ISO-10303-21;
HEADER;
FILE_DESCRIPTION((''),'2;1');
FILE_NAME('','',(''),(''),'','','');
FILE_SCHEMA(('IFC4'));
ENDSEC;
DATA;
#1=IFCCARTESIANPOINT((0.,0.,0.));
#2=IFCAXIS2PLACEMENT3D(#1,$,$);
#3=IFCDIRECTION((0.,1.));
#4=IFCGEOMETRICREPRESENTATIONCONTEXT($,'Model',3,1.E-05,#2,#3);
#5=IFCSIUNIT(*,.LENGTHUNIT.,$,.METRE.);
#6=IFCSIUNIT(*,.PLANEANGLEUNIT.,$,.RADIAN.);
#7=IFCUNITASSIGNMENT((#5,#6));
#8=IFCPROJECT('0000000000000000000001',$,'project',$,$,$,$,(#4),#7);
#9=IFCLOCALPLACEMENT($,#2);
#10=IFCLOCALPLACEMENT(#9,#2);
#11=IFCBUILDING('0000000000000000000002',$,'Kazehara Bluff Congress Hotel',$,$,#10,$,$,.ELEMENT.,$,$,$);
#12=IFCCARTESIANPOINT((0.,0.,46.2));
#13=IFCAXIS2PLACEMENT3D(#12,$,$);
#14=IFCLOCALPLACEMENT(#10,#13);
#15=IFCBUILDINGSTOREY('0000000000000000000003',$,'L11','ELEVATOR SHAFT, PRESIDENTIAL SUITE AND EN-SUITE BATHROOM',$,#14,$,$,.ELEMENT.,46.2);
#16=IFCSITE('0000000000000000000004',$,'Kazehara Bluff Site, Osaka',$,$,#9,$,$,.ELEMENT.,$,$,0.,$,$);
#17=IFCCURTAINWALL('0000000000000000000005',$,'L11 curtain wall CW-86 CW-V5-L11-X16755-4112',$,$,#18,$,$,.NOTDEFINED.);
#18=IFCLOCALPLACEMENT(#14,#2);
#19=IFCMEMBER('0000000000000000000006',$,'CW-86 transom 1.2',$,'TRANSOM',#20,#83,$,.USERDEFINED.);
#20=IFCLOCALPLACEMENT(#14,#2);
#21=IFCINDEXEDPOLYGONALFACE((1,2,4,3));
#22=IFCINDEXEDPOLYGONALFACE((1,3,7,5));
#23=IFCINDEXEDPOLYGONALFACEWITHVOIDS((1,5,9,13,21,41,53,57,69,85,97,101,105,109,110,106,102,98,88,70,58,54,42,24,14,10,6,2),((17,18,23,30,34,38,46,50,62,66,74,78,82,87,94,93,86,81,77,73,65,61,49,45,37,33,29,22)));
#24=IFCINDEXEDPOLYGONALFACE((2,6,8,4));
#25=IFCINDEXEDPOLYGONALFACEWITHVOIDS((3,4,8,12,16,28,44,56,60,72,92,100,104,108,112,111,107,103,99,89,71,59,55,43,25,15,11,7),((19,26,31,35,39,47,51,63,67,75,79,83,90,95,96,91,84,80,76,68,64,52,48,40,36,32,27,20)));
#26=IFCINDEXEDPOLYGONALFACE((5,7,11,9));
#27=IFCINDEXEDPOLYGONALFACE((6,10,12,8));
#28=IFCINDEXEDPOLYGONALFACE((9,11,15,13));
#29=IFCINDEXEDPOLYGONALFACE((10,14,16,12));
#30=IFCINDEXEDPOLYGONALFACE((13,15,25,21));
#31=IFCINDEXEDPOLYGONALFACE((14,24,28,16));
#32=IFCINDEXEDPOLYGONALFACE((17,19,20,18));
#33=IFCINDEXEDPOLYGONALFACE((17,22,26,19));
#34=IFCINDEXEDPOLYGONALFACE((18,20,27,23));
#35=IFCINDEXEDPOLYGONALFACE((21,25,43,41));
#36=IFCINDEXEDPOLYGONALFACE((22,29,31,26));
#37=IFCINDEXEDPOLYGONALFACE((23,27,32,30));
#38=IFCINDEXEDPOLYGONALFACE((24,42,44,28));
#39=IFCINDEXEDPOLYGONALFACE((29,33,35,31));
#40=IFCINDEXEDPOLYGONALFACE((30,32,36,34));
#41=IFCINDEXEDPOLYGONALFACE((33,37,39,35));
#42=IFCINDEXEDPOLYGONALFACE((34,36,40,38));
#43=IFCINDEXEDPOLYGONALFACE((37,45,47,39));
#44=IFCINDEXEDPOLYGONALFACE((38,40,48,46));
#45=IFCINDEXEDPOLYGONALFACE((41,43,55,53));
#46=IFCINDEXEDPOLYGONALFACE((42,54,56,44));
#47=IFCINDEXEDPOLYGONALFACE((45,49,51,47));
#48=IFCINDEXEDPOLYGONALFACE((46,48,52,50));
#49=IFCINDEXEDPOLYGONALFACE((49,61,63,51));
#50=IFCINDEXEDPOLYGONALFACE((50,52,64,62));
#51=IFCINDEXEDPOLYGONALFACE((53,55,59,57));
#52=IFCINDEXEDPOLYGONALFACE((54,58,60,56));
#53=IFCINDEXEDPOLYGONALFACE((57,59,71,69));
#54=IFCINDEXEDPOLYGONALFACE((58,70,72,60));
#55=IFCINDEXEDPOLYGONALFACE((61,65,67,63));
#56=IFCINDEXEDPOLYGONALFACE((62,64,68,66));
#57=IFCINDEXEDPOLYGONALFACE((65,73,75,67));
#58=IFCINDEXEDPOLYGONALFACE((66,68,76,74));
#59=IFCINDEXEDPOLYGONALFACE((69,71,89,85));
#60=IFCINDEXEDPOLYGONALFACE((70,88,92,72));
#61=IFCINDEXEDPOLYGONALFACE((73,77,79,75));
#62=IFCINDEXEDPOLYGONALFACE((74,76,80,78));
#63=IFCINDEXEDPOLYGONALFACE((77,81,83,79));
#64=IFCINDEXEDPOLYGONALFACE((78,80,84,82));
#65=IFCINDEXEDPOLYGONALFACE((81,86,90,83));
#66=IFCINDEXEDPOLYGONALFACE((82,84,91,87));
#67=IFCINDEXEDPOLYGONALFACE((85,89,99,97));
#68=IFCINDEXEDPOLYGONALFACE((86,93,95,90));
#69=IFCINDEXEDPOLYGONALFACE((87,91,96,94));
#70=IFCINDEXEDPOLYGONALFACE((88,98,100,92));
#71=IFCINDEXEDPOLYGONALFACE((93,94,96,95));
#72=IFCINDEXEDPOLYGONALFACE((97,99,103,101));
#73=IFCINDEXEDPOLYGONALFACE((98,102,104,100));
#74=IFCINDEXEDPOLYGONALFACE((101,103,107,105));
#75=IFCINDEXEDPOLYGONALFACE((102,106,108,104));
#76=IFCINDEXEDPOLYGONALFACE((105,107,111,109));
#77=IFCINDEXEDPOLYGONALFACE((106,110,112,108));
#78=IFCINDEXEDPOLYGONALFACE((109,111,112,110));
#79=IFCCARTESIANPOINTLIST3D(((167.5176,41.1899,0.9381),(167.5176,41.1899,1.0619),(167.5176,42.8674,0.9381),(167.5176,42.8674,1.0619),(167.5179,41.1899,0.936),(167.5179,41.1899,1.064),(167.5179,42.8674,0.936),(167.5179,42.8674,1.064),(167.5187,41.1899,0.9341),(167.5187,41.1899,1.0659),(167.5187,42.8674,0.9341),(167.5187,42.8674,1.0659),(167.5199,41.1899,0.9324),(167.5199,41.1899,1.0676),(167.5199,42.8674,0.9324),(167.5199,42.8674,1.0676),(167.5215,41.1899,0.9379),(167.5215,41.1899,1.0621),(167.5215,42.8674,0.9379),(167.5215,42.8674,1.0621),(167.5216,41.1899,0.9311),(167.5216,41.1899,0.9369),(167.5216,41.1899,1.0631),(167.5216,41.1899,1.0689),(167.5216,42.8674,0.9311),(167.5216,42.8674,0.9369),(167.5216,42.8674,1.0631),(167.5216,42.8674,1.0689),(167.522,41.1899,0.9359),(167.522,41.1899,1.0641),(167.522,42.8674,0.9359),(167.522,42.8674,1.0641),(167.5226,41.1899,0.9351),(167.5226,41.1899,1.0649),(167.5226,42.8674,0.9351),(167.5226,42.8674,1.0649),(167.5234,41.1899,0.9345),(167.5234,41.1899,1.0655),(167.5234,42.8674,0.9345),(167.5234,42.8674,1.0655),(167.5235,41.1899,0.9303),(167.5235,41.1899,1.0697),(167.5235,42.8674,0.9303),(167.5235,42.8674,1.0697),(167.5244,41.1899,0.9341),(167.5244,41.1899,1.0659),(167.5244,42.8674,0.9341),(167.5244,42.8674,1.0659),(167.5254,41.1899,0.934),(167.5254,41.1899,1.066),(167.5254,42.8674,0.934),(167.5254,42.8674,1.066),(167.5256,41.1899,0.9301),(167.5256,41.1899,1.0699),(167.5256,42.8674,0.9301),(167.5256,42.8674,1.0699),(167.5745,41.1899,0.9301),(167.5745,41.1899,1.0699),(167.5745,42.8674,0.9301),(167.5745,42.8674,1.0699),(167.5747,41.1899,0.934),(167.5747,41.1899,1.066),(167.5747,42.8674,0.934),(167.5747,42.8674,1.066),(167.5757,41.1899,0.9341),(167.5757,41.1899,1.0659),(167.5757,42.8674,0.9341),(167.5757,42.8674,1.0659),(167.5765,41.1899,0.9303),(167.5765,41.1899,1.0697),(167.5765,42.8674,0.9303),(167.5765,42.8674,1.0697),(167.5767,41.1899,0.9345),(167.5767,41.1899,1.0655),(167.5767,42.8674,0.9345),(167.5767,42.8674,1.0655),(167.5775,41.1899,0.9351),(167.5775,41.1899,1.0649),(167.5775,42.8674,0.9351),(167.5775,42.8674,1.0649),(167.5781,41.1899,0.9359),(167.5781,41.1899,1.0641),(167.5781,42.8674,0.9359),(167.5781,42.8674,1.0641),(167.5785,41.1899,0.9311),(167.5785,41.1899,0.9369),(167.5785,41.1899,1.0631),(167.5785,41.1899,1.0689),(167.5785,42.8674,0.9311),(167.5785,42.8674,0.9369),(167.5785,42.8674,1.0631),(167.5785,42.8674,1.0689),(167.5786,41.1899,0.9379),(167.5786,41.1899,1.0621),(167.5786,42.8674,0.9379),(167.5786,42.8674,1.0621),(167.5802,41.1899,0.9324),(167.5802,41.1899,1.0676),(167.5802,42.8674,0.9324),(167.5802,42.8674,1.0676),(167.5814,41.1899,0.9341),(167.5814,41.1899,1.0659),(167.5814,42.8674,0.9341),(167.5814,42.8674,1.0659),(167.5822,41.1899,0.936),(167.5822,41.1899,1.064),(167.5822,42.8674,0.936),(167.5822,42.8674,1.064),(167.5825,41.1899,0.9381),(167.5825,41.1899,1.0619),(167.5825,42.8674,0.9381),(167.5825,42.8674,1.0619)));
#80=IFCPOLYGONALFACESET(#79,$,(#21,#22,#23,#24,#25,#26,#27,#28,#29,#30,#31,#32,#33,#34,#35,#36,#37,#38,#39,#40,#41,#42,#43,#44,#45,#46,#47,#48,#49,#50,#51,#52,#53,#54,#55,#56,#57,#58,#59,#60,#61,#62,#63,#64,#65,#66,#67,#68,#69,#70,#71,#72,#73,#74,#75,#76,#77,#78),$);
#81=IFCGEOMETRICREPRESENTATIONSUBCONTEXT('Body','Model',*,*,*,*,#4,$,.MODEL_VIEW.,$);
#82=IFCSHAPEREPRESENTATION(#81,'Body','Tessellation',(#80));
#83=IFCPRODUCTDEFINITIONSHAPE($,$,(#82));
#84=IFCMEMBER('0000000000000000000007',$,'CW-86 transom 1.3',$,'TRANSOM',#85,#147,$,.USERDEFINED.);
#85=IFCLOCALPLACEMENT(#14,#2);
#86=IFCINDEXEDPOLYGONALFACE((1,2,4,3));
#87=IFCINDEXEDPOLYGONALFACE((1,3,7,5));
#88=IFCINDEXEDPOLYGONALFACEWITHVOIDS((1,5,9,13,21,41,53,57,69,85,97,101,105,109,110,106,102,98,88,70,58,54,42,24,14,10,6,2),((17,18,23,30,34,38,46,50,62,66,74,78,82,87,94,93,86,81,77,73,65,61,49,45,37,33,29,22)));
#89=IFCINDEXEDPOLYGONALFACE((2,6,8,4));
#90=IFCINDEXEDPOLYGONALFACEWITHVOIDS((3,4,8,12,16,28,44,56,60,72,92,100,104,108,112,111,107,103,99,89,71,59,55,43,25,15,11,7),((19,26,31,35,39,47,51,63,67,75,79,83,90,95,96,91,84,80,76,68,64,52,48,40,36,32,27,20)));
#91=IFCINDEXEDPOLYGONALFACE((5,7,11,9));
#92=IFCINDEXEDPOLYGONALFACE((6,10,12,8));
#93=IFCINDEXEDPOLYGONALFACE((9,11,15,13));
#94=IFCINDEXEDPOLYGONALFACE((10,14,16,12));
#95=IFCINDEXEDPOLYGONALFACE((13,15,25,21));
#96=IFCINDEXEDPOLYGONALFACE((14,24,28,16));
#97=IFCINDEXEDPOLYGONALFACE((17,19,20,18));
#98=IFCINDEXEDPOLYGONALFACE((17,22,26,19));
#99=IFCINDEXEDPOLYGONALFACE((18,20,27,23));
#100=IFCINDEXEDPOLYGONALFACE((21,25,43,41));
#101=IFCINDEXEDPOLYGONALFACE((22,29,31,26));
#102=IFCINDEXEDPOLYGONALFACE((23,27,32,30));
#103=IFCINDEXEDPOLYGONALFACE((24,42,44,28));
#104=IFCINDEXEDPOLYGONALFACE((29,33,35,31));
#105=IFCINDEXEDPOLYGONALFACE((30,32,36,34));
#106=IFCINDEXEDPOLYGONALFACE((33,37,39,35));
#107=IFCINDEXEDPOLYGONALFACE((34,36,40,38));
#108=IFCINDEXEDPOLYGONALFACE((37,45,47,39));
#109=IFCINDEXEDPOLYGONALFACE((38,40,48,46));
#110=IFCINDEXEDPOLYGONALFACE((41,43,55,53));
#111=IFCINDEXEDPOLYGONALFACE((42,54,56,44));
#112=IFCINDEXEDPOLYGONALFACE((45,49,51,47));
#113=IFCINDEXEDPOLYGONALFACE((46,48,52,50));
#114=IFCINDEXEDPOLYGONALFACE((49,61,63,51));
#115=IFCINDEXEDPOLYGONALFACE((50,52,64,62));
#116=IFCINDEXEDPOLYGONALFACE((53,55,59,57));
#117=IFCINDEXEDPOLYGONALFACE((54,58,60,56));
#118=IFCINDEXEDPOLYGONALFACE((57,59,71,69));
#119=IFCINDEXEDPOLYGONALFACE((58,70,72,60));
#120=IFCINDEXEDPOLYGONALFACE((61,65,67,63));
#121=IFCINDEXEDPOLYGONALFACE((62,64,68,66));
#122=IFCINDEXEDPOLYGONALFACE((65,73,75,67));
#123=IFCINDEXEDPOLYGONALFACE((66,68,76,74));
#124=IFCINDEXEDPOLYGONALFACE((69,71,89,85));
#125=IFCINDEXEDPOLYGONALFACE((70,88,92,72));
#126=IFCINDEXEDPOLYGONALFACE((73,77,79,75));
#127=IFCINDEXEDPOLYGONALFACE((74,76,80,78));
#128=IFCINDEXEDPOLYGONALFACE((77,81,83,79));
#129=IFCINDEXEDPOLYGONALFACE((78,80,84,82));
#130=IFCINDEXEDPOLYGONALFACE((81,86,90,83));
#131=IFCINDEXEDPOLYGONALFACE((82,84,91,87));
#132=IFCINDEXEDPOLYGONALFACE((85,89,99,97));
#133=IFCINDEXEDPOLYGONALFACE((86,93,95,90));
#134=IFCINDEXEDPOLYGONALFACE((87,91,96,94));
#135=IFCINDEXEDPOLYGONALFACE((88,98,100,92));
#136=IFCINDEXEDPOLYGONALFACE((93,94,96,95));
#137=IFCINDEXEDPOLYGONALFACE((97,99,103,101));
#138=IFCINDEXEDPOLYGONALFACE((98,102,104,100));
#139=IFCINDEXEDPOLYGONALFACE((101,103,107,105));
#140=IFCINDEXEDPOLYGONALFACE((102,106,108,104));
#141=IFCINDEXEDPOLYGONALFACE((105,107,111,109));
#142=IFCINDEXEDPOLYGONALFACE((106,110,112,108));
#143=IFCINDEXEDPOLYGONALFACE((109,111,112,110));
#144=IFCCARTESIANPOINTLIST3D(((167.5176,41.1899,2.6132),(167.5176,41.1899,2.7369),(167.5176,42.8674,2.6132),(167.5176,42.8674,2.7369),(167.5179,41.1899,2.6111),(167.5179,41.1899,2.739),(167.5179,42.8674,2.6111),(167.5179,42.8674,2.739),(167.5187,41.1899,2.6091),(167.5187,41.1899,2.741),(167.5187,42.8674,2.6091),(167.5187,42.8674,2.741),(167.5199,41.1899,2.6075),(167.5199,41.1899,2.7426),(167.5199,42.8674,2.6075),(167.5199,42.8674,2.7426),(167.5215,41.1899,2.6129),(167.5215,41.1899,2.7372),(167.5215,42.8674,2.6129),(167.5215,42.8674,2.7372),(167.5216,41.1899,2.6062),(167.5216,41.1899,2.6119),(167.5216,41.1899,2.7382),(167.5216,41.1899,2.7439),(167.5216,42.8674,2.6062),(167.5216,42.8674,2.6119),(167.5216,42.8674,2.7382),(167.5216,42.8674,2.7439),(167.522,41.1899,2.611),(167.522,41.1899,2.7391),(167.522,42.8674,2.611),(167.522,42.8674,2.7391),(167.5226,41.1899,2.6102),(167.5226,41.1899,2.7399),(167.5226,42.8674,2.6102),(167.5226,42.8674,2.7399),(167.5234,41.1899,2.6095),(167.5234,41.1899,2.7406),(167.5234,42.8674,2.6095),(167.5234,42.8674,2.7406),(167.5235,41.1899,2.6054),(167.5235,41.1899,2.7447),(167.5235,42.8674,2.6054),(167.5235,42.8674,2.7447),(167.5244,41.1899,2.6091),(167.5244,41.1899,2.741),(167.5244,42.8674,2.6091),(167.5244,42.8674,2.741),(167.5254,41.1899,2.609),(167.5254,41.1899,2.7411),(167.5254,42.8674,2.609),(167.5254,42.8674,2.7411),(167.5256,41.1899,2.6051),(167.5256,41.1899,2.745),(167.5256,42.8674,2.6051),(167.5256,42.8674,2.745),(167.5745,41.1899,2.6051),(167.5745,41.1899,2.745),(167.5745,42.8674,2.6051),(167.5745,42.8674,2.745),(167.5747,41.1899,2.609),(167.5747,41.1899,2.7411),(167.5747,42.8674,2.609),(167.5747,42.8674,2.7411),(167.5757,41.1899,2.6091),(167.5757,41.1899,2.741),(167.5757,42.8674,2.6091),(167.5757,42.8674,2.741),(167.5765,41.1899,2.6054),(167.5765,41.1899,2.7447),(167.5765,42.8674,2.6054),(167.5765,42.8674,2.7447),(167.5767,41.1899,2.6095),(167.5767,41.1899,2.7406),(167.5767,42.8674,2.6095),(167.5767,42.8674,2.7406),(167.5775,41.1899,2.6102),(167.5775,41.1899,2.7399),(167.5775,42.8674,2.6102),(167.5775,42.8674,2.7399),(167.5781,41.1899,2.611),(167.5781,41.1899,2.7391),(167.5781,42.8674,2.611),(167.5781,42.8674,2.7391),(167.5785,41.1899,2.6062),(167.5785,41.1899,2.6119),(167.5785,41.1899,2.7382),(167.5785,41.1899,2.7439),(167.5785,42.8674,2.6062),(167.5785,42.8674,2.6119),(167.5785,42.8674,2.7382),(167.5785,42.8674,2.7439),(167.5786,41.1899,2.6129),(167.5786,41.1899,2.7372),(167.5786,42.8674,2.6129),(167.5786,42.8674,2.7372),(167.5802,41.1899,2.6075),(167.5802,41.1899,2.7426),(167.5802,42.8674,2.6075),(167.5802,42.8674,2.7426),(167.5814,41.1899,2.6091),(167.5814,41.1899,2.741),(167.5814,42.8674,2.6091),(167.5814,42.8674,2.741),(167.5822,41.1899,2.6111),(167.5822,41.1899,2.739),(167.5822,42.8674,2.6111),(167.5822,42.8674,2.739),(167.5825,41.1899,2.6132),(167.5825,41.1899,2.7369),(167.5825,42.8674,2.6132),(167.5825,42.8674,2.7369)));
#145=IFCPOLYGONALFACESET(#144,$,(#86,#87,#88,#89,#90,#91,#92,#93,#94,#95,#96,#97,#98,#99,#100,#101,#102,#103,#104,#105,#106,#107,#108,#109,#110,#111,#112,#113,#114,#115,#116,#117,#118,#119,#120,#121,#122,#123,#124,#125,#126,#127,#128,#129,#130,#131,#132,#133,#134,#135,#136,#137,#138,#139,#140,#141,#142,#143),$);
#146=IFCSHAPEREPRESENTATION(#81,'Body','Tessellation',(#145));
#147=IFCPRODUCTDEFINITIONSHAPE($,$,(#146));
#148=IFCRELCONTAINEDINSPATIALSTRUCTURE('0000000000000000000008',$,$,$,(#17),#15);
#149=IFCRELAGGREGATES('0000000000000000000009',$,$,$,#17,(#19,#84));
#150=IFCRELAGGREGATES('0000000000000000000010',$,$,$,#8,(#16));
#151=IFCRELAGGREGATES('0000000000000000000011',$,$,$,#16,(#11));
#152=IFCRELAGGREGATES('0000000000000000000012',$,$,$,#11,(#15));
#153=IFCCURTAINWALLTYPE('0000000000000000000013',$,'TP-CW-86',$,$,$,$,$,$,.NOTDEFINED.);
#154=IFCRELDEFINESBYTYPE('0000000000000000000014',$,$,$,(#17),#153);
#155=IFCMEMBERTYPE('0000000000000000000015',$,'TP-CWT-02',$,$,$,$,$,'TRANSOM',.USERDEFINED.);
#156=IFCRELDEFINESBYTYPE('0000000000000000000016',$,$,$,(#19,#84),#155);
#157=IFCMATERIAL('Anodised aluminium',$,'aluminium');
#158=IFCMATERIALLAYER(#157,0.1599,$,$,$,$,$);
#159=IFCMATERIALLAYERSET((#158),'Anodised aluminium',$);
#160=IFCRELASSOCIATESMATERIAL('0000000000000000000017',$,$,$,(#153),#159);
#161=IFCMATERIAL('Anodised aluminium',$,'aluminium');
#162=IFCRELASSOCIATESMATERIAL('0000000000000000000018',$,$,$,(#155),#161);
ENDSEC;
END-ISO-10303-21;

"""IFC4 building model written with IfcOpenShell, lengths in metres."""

from ifc_helpers import new_model, si_unit, direction, frame, origin, origin_2d, place, context, subcontext, project, spatial, hollow_rectangle, extrude, material, layer, layer_set, material_profile, profile_set, type_object, element, aggregate, save


model = new_model("IFC4")

# Units and contexts
model_context = context("Model", 3, precision=1e-05, world=origin(), true_north=direction((0.0, 1.0)))
body_context = subcontext(model_context, "Body", "Model", "MODEL_VIEW")
ifc_project = project(units=[si_unit("LENGTHUNIT", "METRE"), si_unit("PLANEANGLEUNIT", "RADIAN")], contexts=[model_context])

# Site, building, storey
site_placement = place(None, origin())
site = spatial("IfcSite", under=ifc_project, at=site_placement, Name="Kazehara Bluff Site, Osaka", CompositionType="ELEMENT", RefElevation=0.0)
building_placement = place(site_placement, origin())
building = spatial("IfcBuilding", under=site, at=building_placement, Name="Kazehara Bluff Congress Hotel", CompositionType="ELEMENT")
storey_placement = place(building_placement, frame((0.0, 0.0, 46.2)))
storey = spatial("IfcBuildingStorey", under=building, at=storey_placement, Name="L11", Description="ELEVATOR SHAFT, PRESIDENTIAL SUITE AND EN-SUITE BATHROOM", CompositionType="ELEMENT", Elevation=46.2)

# Curtain wall, members
ifc_material_1 = material(Name="Anodised aluminium", Category="aluminium")
ifc_layer_1 = layer(ifc_material_1, 0.1599)
ifc_layer_set_1 = layer_set([ifc_layer_1], Name="Anodised aluminium")
curtain_wall_type_1 = type_object("IfcCurtainWallType", Name="TP-CW-86", PredefinedType="NOTDEFINED", material=ifc_layer_set_1)
curtain_wall_1_placement = place(storey_placement, origin())
curtain_wall_1 = element("IfcCurtainWall", 1, at=curtain_wall_1_placement, inside=storey, type_object=curtain_wall_type_1, Name="L11 curtain wall CW-86 CW-V5-L11-X16755-4112", PredefinedType="NOTDEFINED")
ifc_material_2 = material(Name="Anodised aluminium", Category="aluminium")
ifc_material_profile_1 = material_profile(ifc_material_2, hollow_rectangle(XDim=0.0649, YDim=0.1399, WallThickness=0.0039, InnerFilletRadius=0.0039, OuterFilletRadius=0.0081, at=origin_2d()))
ifc_profile_set_1 = profile_set([ifc_material_profile_1], Name="Anodised aluminium")
member_type_1 = type_object("IfcMemberType", Name="TP-CWT-02", ElementType="TRANSOM", PredefinedType="USERDEFINED", material=ifc_profile_set_1)
member_1_placement = place(storey_placement, frame((167.55, 41.1899, 1.0), z_axis=(0.0, 1.0, 0.0), x_axis=(-1.0, 0.0, 0.0)))
member_1 = element("IfcMember", 2, at=member_1_placement, type_object=member_type_1, Name="CW-86 transom 1.2", ObjectType="TRANSOM", PredefinedType="USERDEFINED", context=body_context, shape_type="SweptSolid", body=[
    extrude(hollow_rectangle(XDim=0.0649, YDim=0.1399, WallThickness=0.0039, InnerFilletRadius=0.0039, OuterFilletRadius=0.0081, at=origin_2d()), origin(), (0.0, 0.0, 1.0), 1.6775),
])
member_2_placement = place(storey_placement, frame((167.55, 41.1899, 2.675), z_axis=(0.0, 1.0, 0.0), x_axis=(-1.0, 0.0, 0.0)))
member_2 = element("IfcMember", 3, at=member_2_placement, type_object=member_type_1, Name="CW-86 transom 1.3", ObjectType="TRANSOM", PredefinedType="USERDEFINED", context=body_context, shape_type="SweptSolid", body=[
    extrude(hollow_rectangle(XDim=0.0649, YDim=0.1399, WallThickness=0.0039, InnerFilletRadius=0.0039, OuterFilletRadius=0.0081, at=origin_2d()), origin(), (0.0, 0.0, 1.0), 1.6775),
])

aggregate(curtain_wall_1, [member_1, member_2])

save(model, "model.ifc")
